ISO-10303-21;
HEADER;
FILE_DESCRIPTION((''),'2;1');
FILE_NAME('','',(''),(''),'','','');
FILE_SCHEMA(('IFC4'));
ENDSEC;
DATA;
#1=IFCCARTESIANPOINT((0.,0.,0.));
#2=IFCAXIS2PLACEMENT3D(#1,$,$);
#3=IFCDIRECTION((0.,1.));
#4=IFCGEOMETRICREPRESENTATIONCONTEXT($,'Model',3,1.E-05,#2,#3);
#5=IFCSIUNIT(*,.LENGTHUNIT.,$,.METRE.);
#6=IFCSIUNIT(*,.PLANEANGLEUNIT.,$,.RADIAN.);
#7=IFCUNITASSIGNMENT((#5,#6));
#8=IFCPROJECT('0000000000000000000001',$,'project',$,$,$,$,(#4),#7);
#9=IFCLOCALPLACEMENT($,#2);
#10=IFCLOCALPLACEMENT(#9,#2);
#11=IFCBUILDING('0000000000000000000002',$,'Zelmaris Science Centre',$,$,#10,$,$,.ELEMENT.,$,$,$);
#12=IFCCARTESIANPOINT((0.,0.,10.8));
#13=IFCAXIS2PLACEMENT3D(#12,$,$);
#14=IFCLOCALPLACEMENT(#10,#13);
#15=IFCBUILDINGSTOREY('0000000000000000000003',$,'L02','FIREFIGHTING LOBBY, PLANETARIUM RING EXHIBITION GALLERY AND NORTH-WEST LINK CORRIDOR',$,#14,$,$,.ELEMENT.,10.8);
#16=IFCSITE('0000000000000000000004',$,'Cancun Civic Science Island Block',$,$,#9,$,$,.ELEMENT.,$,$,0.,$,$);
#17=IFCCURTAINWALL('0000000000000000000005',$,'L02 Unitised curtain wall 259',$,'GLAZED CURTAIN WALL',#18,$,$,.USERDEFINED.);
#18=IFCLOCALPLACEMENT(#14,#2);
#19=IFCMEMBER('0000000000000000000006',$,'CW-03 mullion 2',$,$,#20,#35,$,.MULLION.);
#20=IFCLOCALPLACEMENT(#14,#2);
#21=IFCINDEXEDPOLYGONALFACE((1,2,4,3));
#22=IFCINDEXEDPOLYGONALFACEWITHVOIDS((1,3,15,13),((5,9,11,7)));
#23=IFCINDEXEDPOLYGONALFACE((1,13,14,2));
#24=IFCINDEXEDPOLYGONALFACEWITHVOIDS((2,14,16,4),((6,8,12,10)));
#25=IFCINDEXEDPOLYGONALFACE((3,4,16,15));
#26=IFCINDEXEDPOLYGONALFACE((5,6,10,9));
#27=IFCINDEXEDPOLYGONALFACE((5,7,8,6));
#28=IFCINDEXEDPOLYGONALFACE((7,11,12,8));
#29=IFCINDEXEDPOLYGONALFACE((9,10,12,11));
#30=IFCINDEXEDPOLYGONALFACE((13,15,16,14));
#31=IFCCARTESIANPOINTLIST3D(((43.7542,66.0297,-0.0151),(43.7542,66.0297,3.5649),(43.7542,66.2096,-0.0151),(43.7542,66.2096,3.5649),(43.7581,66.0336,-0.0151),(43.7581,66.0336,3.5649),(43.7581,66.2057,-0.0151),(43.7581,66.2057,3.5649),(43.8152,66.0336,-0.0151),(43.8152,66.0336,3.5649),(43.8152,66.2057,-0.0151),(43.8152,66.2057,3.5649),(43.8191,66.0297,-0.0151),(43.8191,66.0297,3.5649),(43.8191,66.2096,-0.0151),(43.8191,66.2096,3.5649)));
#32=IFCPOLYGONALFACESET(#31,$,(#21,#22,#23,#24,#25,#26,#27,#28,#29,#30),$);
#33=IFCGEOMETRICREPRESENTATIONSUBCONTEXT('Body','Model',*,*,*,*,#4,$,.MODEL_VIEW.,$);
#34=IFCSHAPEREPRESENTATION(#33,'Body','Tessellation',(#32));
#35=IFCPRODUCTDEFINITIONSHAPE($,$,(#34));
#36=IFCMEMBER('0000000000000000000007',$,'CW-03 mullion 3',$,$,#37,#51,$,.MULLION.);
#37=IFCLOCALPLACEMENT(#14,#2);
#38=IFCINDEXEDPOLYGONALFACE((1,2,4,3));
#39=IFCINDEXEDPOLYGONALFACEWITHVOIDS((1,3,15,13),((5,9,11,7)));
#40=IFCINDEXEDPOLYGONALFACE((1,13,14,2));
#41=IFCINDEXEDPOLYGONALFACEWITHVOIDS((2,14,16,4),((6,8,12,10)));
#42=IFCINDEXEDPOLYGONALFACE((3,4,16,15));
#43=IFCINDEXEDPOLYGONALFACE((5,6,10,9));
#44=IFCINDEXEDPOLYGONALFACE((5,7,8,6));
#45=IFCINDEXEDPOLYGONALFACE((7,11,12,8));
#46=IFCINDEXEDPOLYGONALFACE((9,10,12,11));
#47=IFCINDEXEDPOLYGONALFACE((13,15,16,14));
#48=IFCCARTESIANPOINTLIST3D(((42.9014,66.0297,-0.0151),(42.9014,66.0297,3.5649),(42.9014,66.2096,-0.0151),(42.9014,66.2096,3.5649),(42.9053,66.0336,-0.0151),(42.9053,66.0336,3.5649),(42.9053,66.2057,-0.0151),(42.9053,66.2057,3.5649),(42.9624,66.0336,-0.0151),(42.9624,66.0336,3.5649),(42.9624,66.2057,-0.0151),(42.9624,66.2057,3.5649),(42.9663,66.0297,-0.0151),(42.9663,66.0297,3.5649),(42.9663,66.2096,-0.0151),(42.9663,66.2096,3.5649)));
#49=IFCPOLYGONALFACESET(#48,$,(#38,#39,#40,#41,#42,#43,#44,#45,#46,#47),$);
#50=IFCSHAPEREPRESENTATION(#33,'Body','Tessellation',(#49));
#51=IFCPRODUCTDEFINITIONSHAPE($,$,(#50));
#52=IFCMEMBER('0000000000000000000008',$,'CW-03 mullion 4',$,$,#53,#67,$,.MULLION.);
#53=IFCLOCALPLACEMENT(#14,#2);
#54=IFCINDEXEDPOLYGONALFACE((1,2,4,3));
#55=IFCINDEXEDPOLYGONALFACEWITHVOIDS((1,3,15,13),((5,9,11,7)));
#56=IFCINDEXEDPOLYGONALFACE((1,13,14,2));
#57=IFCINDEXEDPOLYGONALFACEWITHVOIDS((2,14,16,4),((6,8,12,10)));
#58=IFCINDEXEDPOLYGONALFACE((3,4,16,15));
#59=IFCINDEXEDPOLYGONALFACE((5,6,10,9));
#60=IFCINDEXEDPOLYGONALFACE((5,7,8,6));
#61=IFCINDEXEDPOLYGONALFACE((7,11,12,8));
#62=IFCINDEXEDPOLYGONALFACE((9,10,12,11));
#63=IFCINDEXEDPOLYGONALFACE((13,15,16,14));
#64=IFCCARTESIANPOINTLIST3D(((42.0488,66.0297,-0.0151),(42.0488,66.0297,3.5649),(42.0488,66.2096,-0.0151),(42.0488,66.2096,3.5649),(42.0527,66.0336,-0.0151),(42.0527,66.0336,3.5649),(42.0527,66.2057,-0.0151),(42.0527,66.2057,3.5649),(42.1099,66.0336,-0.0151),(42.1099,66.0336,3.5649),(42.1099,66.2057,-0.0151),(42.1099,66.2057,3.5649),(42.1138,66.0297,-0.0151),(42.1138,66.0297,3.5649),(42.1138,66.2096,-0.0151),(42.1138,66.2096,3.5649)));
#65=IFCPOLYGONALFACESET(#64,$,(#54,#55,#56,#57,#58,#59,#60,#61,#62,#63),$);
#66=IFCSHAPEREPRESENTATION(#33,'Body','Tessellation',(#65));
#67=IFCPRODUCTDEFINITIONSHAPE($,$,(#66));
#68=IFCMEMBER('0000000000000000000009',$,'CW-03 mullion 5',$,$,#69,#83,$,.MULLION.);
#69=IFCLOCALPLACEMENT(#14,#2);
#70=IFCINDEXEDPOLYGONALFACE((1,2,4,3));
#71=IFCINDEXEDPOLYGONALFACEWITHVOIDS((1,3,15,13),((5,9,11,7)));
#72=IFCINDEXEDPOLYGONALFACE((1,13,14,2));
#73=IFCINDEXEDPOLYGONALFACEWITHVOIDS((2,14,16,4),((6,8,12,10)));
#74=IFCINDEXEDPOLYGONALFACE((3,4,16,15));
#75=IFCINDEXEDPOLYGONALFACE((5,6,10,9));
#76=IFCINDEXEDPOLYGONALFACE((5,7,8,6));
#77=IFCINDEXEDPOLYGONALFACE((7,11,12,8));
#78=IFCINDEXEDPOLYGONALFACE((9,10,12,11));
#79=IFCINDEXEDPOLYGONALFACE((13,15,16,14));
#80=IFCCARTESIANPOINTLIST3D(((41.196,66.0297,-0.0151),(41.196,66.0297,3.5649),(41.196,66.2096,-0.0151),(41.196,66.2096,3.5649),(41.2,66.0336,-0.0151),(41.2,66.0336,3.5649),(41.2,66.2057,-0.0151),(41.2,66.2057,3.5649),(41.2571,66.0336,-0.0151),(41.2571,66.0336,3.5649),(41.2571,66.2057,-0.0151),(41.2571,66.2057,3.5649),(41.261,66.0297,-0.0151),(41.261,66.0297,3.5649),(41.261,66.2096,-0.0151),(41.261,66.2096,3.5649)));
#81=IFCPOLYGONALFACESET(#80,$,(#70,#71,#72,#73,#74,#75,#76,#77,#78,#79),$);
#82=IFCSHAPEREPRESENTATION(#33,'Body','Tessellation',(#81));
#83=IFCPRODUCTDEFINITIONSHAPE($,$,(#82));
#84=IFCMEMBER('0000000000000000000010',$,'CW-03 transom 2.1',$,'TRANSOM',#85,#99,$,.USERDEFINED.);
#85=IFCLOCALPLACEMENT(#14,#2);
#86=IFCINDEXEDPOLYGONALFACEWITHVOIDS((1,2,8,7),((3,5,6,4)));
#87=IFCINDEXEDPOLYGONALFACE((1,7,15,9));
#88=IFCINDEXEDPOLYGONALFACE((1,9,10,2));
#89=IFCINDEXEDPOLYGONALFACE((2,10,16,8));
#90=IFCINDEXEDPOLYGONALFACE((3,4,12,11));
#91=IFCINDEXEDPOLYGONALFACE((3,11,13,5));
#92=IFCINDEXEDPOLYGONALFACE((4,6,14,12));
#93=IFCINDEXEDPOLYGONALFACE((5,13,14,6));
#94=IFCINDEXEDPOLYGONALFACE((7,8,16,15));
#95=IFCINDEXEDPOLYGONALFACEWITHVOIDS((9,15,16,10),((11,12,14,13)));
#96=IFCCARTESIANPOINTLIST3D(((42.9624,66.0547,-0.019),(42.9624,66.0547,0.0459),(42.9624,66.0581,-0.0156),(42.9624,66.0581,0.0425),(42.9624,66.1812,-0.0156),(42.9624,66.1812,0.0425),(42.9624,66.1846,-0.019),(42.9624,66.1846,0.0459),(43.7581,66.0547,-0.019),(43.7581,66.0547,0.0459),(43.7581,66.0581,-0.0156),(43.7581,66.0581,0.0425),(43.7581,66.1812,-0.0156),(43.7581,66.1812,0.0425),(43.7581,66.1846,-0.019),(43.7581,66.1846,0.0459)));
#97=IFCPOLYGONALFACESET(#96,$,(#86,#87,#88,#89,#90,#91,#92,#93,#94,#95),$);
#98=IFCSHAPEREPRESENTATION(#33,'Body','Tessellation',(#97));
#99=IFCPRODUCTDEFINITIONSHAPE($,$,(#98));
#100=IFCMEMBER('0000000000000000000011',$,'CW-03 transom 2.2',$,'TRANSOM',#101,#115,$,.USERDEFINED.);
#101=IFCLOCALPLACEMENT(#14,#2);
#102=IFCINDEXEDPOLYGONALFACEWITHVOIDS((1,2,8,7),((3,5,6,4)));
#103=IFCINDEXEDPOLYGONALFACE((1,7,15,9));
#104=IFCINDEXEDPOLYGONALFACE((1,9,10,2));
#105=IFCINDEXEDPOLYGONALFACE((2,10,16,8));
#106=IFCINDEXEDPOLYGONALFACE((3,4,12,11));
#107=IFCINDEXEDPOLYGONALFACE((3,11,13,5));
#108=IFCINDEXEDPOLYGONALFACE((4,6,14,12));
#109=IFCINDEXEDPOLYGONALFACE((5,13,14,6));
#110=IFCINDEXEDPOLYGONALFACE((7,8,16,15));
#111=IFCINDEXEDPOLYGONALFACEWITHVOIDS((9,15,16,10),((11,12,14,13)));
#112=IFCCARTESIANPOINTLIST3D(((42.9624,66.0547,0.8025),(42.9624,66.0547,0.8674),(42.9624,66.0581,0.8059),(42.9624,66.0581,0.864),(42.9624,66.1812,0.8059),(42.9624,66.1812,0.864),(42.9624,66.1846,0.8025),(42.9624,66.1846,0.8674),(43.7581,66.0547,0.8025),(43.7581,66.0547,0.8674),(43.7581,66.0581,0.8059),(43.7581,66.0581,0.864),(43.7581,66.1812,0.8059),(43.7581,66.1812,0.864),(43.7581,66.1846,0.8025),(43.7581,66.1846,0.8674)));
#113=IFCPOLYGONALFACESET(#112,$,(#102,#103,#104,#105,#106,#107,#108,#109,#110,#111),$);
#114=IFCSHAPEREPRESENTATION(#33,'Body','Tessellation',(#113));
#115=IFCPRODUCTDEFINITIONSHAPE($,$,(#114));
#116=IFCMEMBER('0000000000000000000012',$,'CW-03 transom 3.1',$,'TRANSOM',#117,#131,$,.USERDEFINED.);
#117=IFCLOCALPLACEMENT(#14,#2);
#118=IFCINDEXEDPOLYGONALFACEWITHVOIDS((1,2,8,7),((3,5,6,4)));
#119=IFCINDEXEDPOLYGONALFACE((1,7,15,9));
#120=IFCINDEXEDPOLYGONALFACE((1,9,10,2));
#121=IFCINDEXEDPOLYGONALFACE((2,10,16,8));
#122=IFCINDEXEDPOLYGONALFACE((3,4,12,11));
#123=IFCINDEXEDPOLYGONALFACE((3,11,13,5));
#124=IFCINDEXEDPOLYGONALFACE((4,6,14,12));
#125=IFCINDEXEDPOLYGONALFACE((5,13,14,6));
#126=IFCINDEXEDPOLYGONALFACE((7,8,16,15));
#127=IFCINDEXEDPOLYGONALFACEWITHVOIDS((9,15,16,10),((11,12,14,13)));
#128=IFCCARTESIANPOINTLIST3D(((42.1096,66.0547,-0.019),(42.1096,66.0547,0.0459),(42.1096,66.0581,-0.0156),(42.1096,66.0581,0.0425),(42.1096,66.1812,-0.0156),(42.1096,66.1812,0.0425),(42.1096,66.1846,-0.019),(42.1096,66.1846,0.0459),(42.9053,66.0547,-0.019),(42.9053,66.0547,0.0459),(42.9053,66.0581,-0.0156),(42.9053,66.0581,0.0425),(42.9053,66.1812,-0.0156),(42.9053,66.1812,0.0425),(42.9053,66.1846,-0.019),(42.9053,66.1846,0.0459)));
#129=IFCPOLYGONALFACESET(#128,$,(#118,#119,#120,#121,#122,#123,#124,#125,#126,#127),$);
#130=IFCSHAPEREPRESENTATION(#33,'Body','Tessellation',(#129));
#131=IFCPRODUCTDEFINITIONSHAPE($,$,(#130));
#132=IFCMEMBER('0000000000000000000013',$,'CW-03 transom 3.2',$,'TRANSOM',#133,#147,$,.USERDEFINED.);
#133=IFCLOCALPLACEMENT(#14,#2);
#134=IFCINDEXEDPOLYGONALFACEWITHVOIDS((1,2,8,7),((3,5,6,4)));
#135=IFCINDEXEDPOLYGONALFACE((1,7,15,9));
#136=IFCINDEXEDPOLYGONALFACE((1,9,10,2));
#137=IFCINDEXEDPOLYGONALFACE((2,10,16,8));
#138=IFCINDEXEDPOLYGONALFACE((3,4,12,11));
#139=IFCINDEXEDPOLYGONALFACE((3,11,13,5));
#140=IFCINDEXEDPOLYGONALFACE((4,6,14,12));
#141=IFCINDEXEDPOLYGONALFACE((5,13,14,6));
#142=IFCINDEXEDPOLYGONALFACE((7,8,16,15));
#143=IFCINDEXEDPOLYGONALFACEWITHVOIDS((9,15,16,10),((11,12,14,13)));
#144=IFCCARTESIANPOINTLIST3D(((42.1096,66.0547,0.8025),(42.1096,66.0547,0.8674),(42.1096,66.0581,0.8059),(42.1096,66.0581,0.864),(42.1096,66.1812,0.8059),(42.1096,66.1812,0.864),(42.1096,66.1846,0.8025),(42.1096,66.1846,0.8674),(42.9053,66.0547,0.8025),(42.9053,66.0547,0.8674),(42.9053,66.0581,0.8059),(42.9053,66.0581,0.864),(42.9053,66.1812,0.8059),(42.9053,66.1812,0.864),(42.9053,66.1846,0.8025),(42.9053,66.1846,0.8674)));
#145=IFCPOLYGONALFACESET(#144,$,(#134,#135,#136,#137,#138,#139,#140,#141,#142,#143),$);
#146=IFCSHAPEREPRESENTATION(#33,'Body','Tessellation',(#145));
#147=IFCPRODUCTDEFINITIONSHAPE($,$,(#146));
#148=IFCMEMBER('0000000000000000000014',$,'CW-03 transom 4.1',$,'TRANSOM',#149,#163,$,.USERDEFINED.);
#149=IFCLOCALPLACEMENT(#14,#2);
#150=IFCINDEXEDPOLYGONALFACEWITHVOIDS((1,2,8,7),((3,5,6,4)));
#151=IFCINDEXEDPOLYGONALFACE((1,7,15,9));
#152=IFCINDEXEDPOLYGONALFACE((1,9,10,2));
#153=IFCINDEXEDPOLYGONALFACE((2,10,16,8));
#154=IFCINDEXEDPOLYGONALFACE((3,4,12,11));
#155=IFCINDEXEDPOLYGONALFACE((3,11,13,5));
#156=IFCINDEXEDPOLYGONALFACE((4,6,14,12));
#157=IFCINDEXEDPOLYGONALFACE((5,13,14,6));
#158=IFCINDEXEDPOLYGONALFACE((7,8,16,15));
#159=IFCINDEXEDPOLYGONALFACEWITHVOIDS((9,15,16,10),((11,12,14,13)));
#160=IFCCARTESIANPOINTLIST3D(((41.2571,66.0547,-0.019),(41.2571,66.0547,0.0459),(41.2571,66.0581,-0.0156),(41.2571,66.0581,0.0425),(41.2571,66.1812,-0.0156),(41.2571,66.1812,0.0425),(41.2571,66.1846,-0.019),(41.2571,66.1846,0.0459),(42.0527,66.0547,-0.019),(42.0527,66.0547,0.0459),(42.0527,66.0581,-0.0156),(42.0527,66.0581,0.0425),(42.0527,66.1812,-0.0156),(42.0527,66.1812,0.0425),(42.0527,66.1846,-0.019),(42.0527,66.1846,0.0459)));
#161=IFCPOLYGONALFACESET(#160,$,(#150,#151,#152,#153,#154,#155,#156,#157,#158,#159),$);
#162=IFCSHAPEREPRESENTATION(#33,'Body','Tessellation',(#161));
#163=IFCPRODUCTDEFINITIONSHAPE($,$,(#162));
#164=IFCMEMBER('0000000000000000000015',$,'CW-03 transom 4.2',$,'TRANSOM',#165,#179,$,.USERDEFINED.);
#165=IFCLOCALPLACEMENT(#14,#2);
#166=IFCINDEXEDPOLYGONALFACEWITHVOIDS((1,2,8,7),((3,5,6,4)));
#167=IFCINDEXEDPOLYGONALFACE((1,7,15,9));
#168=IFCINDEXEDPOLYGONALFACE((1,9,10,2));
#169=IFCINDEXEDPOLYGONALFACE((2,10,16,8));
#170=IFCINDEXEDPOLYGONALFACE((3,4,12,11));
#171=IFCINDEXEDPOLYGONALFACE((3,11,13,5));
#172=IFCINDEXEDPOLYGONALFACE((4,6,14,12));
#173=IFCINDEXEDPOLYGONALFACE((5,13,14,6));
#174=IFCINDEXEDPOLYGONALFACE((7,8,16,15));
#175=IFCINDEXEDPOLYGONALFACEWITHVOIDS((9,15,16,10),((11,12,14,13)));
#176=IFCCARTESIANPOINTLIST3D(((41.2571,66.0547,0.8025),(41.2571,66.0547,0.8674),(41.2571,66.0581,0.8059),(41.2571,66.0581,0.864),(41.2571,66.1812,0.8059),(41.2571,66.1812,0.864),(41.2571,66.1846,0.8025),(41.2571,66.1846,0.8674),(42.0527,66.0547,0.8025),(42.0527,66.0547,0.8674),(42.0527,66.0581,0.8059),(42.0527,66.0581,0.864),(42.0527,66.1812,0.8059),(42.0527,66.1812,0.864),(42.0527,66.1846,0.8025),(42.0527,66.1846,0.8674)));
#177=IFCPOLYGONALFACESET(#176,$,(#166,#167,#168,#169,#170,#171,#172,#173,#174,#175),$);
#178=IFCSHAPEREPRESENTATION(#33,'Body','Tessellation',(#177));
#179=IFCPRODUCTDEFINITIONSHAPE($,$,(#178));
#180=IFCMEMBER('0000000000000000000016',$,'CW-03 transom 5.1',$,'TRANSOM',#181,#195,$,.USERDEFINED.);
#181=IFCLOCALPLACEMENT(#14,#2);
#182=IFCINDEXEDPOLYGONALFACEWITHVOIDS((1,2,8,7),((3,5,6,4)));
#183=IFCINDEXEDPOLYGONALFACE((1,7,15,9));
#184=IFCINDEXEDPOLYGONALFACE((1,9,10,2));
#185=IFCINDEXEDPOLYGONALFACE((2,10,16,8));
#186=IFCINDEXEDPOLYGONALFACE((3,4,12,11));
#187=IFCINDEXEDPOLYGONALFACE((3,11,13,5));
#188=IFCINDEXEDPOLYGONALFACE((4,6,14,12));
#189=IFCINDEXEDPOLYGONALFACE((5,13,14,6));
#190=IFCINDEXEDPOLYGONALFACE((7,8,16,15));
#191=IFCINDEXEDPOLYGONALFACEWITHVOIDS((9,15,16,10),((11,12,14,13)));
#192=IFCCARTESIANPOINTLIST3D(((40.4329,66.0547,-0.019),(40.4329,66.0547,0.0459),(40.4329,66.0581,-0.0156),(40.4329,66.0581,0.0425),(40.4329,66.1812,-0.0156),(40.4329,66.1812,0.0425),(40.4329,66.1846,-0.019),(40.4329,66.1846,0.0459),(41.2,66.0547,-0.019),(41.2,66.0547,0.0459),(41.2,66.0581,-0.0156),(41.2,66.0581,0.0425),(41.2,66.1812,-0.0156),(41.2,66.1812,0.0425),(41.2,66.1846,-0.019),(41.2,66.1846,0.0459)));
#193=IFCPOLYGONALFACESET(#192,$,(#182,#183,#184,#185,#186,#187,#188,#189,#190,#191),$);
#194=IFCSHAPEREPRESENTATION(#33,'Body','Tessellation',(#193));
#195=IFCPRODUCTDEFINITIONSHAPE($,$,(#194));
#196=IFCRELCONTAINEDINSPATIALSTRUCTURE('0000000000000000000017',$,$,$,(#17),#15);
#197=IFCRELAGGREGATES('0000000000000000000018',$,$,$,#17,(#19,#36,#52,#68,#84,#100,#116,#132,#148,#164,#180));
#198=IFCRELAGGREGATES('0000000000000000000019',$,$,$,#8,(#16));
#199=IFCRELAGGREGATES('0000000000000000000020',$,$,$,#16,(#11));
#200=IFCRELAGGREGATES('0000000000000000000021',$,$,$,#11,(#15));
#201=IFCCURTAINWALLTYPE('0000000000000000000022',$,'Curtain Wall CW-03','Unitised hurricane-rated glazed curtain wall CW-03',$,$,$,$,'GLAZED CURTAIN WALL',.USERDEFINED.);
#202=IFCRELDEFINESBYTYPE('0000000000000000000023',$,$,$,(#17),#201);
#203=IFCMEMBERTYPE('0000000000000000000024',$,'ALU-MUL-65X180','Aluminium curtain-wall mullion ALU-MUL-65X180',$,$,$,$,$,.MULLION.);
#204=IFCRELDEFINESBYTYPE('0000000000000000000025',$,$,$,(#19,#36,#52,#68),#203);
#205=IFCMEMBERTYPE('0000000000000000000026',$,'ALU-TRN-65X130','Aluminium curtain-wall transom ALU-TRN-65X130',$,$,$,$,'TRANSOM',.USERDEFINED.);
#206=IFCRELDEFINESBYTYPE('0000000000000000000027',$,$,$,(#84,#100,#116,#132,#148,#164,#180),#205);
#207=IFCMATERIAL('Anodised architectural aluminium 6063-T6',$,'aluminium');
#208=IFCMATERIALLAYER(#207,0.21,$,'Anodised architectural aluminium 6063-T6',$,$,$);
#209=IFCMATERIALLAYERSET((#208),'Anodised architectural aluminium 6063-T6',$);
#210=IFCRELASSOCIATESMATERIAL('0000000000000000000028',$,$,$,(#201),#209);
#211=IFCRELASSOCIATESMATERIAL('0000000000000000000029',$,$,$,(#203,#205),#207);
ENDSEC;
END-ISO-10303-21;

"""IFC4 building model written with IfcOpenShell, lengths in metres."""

from ifc_helpers import new_model, si_unit, direction, frame, origin, origin_2d, place, context, subcontext, project, spatial, hollow_rectangle, extrude, material, layer, layer_set, material_profile, profile_set, type_object, element, aggregate, save


model = new_model("IFC4")

# Units and contexts
model_context = context("Model", 3, precision=1e-05, world=origin(), true_north=direction((0.0, 1.0)))
body_context = subcontext(model_context, "Body", "Model", "MODEL_VIEW")
ifc_project = project(units=[si_unit("LENGTHUNIT", "METRE"), si_unit("PLANEANGLEUNIT", "RADIAN")], contexts=[model_context])

# Site, building, storey
site_placement = place(None, origin())
site = spatial("IfcSite", under=ifc_project, at=site_placement, Name="Cancun Civic Science Island Block", CompositionType="ELEMENT", RefElevation=0.0)
building_placement = place(site_placement, origin())
building = spatial("IfcBuilding", under=site, at=building_placement, Name="Zelmaris Science Centre", CompositionType="ELEMENT")
storey_placement = place(building_placement, frame((0.0, 0.0, 10.8)))
storey = spatial("IfcBuildingStorey", under=building, at=storey_placement, Name="L02", Description="FIREFIGHTING LOBBY, PLANETARIUM RING EXHIBITION GALLERY AND NORTH-WEST LINK CORRIDOR", CompositionType="ELEMENT", Elevation=10.8)

# Curtain wall, members
ifc_material_1 = material(Name="Anodised architectural aluminium 6063-T6", Category="aluminium")
ifc_layer_1 = layer(ifc_material_1, 0.21, Name="Anodised architectural aluminium 6063-T6")
ifc_layer_set_1 = layer_set([ifc_layer_1], Name="Anodised architectural aluminium 6063-T6")
curtain_wall_type = type_object("IfcCurtainWallType", Name="Curtain Wall CW-03", Description="Unitised hurricane-rated glazed curtain wall CW-03", ElementType="GLAZED CURTAIN WALL", PredefinedType="USERDEFINED", material=ifc_layer_set_1)
curtain_wall_placement = place(storey_placement, origin())
curtain_wall = element("IfcCurtainWall", 1, at=curtain_wall_placement, inside=storey, type_object=curtain_wall_type, Name="L02 Unitised curtain wall 259", ObjectType="GLAZED CURTAIN WALL", PredefinedType="USERDEFINED")
ifc_material_profile_1 = material_profile(ifc_material_1, hollow_rectangle(XDim=0.0649, YDim=0.1799, WallThickness=0.0039, at=origin_2d()), Name="ALU-MUL-65X180")
ifc_profile_set_1 = profile_set([ifc_material_profile_1], Name="Anodised architectural aluminium 6063-T6")
member_type_1 = type_object("IfcMemberType", Name="ALU-MUL-65X180", Description="Aluminium curtain-wall mullion ALU-MUL-65X180", PredefinedType="MULLION", material=ifc_profile_set_1)
member_1_placement = place(storey_placement, frame((43.7866, 66.1196, -0.0151), z_axis=(0.0, 0.0, 1.0), x_axis=(-1.0, 0.0, 0.0)))
member_1 = element("IfcMember", 2, at=member_1_placement, type_object=member_type_1, Name="CW-03 mullion 2", PredefinedType="MULLION", context=body_context, shape_type="SweptSolid", body=[
    extrude(hollow_rectangle(XDim=0.0649, YDim=0.1799, WallThickness=0.0039, at=origin_2d()), origin(), (0.0, 0.0, 1.0), 3.5801),
])
member_2_placement = place(storey_placement, frame((42.9338, 66.1196, -0.0151), z_axis=(0.0, 0.0, 1.0), x_axis=(-1.0, 0.0, 0.0)))
member_2 = element("IfcMember", 3, at=member_2_placement, type_object=member_type_1, Name="CW-03 mullion 3", PredefinedType="MULLION", context=body_context, shape_type="SweptSolid", body=[
    extrude(hollow_rectangle(XDim=0.0649, YDim=0.1799, WallThickness=0.0039, at=origin_2d()), origin(), (0.0, 0.0, 1.0), 3.5801),
])
member_3_placement = place(storey_placement, frame((42.0813, 66.1196, -0.0151), z_axis=(0.0, 0.0, 1.0), x_axis=(-1.0, 0.0, 0.0)))
member_3 = element("IfcMember", 4, at=member_3_placement, type_object=member_type_1, Name="CW-03 mullion 4", PredefinedType="MULLION", context=body_context, shape_type="SweptSolid", body=[
    extrude(hollow_rectangle(XDim=0.0649, YDim=0.1799, WallThickness=0.0039, at=origin_2d()), origin(), (0.0, 0.0, 1.0), 3.5801),
])
member_4_placement = place(storey_placement, frame((41.2285, 66.1196, -0.0151), z_axis=(0.0, 0.0, 1.0), x_axis=(-1.0, 0.0, 0.0)))
member_4 = element("IfcMember", 5, at=member_4_placement, type_object=member_type_1, Name="CW-03 mullion 5", PredefinedType="MULLION", context=body_context, shape_type="SweptSolid", body=[
    extrude(hollow_rectangle(XDim=0.0649, YDim=0.1799, WallThickness=0.0039, at=origin_2d()), origin(), (0.0, 0.0, 1.0), 3.5801),
])
ifc_material_profile_2 = material_profile(ifc_material_1, hollow_rectangle(XDim=0.0649, YDim=0.1299, WallThickness=0.0034, at=origin_2d()), Name="ALU-TRN-65X130")
ifc_profile_set_2 = profile_set([ifc_material_profile_2], Name="Anodised architectural aluminium 6063-T6")
member_type_2 = type_object("IfcMemberType", Name="ALU-TRN-65X130", Description="Aluminium curtain-wall transom ALU-TRN-65X130", ElementType="TRANSOM", PredefinedType="USERDEFINED", material=ifc_profile_set_2)
member_5_placement = place(storey_placement, frame((43.7581, 66.1196, 0.0134), z_axis=(-1.0, 0.0, 0.0), x_axis=(0.0, 0.0, 1.0)))
member_5 = element("IfcMember", 6, at=member_5_placement, type_object=member_type_2, Name="CW-03 transom 2.1", ObjectType="TRANSOM", PredefinedType="USERDEFINED", context=body_context, shape_type="SweptSolid", body=[
    extrude(hollow_rectangle(XDim=0.0649, YDim=0.1299, WallThickness=0.0034, at=origin_2d()), origin(), (0.0, 0.0, 1.0), 0.7957),
])
member_6_placement = place(storey_placement, frame((43.7581, 66.1196, 0.835), z_axis=(-1.0, 0.0, 0.0), x_axis=(0.0, 0.0, 1.0)))
member_6 = element("IfcMember", 7, at=member_6_placement, type_object=member_type_2, Name="CW-03 transom 2.2", ObjectType="TRANSOM", PredefinedType="USERDEFINED", context=body_context, shape_type="SweptSolid", body=[
    extrude(hollow_rectangle(XDim=0.0649, YDim=0.1299, WallThickness=0.0034, at=origin_2d()), origin(), (0.0, 0.0, 1.0), 0.7957),
])
member_7_placement = place(storey_placement, frame((42.9053, 66.1196, 0.0134), z_axis=(-1.0, 0.0, 0.0), x_axis=(0.0, 0.0, 1.0)))
member_7 = element("IfcMember", 8, at=member_7_placement, type_object=member_type_2, Name="CW-03 transom 3.1", ObjectType="TRANSOM", PredefinedType="USERDEFINED", context=body_context, shape_type="SweptSolid", body=[
    extrude(hollow_rectangle(XDim=0.0649, YDim=0.1299, WallThickness=0.0034, at=origin_2d()), origin(), (0.0, 0.0, 1.0), 0.7957),
])
member_8_placement = place(storey_placement, frame((42.9053, 66.1196, 0.835), z_axis=(-1.0, 0.0, 0.0), x_axis=(0.0, 0.0, 1.0)))
member_8 = element("IfcMember", 9, at=member_8_placement, type_object=member_type_2, Name="CW-03 transom 3.2", ObjectType="TRANSOM", PredefinedType="USERDEFINED", context=body_context, shape_type="SweptSolid", body=[
    extrude(hollow_rectangle(XDim=0.0649, YDim=0.1299, WallThickness=0.0034, at=origin_2d()), origin(), (0.0, 0.0, 1.0), 0.7957),
])
member_9_placement = place(storey_placement, frame((42.0527, 66.1196, 0.0134), z_axis=(-1.0, 0.0, 0.0), x_axis=(0.0, 0.0, 1.0)))
member_9 = element("IfcMember", 10, at=member_9_placement, type_object=member_type_2, Name="CW-03 transom 4.1", ObjectType="TRANSOM", PredefinedType="USERDEFINED", context=body_context, shape_type="SweptSolid", body=[
    extrude(hollow_rectangle(XDim=0.0649, YDim=0.1299, WallThickness=0.0034, at=origin_2d()), origin(), (0.0, 0.0, 1.0), 0.7957),
])
member_10_placement = place(storey_placement, frame((42.0527, 66.1196, 0.835), z_axis=(-1.0, 0.0, 0.0), x_axis=(0.0, 0.0, 1.0)))
member_10 = element("IfcMember", 11, at=member_10_placement, type_object=member_type_2, Name="CW-03 transom 4.2", ObjectType="TRANSOM", PredefinedType="USERDEFINED", context=body_context, shape_type="SweptSolid", body=[
    extrude(hollow_rectangle(XDim=0.0649, YDim=0.1299, WallThickness=0.0034, at=origin_2d()), origin(), (0.0, 0.0, 1.0), 0.7957),
])
member_11_placement = place(storey_placement, frame((41.2, 66.1196, 0.0134), z_axis=(-1.0, 0.0, 0.0), x_axis=(0.0, 0.0, 1.0)))
member_11 = element("IfcMember", 12, at=member_11_placement, type_object=member_type_2, Name="CW-03 transom 5.1", ObjectType="TRANSOM", PredefinedType="USERDEFINED", context=body_context, shape_type="SweptSolid", body=[
    extrude(hollow_rectangle(XDim=0.0649, YDim=0.1299, WallThickness=0.0034, at=origin_2d()), origin(), (0.0, 0.0, 1.0), 0.7671),
])
aggregate(curtain_wall, [member_1, member_2, member_3, member_4, member_5, member_6, member_7, member_8, member_9, member_10, member_11])

save(model, "model.ifc")
